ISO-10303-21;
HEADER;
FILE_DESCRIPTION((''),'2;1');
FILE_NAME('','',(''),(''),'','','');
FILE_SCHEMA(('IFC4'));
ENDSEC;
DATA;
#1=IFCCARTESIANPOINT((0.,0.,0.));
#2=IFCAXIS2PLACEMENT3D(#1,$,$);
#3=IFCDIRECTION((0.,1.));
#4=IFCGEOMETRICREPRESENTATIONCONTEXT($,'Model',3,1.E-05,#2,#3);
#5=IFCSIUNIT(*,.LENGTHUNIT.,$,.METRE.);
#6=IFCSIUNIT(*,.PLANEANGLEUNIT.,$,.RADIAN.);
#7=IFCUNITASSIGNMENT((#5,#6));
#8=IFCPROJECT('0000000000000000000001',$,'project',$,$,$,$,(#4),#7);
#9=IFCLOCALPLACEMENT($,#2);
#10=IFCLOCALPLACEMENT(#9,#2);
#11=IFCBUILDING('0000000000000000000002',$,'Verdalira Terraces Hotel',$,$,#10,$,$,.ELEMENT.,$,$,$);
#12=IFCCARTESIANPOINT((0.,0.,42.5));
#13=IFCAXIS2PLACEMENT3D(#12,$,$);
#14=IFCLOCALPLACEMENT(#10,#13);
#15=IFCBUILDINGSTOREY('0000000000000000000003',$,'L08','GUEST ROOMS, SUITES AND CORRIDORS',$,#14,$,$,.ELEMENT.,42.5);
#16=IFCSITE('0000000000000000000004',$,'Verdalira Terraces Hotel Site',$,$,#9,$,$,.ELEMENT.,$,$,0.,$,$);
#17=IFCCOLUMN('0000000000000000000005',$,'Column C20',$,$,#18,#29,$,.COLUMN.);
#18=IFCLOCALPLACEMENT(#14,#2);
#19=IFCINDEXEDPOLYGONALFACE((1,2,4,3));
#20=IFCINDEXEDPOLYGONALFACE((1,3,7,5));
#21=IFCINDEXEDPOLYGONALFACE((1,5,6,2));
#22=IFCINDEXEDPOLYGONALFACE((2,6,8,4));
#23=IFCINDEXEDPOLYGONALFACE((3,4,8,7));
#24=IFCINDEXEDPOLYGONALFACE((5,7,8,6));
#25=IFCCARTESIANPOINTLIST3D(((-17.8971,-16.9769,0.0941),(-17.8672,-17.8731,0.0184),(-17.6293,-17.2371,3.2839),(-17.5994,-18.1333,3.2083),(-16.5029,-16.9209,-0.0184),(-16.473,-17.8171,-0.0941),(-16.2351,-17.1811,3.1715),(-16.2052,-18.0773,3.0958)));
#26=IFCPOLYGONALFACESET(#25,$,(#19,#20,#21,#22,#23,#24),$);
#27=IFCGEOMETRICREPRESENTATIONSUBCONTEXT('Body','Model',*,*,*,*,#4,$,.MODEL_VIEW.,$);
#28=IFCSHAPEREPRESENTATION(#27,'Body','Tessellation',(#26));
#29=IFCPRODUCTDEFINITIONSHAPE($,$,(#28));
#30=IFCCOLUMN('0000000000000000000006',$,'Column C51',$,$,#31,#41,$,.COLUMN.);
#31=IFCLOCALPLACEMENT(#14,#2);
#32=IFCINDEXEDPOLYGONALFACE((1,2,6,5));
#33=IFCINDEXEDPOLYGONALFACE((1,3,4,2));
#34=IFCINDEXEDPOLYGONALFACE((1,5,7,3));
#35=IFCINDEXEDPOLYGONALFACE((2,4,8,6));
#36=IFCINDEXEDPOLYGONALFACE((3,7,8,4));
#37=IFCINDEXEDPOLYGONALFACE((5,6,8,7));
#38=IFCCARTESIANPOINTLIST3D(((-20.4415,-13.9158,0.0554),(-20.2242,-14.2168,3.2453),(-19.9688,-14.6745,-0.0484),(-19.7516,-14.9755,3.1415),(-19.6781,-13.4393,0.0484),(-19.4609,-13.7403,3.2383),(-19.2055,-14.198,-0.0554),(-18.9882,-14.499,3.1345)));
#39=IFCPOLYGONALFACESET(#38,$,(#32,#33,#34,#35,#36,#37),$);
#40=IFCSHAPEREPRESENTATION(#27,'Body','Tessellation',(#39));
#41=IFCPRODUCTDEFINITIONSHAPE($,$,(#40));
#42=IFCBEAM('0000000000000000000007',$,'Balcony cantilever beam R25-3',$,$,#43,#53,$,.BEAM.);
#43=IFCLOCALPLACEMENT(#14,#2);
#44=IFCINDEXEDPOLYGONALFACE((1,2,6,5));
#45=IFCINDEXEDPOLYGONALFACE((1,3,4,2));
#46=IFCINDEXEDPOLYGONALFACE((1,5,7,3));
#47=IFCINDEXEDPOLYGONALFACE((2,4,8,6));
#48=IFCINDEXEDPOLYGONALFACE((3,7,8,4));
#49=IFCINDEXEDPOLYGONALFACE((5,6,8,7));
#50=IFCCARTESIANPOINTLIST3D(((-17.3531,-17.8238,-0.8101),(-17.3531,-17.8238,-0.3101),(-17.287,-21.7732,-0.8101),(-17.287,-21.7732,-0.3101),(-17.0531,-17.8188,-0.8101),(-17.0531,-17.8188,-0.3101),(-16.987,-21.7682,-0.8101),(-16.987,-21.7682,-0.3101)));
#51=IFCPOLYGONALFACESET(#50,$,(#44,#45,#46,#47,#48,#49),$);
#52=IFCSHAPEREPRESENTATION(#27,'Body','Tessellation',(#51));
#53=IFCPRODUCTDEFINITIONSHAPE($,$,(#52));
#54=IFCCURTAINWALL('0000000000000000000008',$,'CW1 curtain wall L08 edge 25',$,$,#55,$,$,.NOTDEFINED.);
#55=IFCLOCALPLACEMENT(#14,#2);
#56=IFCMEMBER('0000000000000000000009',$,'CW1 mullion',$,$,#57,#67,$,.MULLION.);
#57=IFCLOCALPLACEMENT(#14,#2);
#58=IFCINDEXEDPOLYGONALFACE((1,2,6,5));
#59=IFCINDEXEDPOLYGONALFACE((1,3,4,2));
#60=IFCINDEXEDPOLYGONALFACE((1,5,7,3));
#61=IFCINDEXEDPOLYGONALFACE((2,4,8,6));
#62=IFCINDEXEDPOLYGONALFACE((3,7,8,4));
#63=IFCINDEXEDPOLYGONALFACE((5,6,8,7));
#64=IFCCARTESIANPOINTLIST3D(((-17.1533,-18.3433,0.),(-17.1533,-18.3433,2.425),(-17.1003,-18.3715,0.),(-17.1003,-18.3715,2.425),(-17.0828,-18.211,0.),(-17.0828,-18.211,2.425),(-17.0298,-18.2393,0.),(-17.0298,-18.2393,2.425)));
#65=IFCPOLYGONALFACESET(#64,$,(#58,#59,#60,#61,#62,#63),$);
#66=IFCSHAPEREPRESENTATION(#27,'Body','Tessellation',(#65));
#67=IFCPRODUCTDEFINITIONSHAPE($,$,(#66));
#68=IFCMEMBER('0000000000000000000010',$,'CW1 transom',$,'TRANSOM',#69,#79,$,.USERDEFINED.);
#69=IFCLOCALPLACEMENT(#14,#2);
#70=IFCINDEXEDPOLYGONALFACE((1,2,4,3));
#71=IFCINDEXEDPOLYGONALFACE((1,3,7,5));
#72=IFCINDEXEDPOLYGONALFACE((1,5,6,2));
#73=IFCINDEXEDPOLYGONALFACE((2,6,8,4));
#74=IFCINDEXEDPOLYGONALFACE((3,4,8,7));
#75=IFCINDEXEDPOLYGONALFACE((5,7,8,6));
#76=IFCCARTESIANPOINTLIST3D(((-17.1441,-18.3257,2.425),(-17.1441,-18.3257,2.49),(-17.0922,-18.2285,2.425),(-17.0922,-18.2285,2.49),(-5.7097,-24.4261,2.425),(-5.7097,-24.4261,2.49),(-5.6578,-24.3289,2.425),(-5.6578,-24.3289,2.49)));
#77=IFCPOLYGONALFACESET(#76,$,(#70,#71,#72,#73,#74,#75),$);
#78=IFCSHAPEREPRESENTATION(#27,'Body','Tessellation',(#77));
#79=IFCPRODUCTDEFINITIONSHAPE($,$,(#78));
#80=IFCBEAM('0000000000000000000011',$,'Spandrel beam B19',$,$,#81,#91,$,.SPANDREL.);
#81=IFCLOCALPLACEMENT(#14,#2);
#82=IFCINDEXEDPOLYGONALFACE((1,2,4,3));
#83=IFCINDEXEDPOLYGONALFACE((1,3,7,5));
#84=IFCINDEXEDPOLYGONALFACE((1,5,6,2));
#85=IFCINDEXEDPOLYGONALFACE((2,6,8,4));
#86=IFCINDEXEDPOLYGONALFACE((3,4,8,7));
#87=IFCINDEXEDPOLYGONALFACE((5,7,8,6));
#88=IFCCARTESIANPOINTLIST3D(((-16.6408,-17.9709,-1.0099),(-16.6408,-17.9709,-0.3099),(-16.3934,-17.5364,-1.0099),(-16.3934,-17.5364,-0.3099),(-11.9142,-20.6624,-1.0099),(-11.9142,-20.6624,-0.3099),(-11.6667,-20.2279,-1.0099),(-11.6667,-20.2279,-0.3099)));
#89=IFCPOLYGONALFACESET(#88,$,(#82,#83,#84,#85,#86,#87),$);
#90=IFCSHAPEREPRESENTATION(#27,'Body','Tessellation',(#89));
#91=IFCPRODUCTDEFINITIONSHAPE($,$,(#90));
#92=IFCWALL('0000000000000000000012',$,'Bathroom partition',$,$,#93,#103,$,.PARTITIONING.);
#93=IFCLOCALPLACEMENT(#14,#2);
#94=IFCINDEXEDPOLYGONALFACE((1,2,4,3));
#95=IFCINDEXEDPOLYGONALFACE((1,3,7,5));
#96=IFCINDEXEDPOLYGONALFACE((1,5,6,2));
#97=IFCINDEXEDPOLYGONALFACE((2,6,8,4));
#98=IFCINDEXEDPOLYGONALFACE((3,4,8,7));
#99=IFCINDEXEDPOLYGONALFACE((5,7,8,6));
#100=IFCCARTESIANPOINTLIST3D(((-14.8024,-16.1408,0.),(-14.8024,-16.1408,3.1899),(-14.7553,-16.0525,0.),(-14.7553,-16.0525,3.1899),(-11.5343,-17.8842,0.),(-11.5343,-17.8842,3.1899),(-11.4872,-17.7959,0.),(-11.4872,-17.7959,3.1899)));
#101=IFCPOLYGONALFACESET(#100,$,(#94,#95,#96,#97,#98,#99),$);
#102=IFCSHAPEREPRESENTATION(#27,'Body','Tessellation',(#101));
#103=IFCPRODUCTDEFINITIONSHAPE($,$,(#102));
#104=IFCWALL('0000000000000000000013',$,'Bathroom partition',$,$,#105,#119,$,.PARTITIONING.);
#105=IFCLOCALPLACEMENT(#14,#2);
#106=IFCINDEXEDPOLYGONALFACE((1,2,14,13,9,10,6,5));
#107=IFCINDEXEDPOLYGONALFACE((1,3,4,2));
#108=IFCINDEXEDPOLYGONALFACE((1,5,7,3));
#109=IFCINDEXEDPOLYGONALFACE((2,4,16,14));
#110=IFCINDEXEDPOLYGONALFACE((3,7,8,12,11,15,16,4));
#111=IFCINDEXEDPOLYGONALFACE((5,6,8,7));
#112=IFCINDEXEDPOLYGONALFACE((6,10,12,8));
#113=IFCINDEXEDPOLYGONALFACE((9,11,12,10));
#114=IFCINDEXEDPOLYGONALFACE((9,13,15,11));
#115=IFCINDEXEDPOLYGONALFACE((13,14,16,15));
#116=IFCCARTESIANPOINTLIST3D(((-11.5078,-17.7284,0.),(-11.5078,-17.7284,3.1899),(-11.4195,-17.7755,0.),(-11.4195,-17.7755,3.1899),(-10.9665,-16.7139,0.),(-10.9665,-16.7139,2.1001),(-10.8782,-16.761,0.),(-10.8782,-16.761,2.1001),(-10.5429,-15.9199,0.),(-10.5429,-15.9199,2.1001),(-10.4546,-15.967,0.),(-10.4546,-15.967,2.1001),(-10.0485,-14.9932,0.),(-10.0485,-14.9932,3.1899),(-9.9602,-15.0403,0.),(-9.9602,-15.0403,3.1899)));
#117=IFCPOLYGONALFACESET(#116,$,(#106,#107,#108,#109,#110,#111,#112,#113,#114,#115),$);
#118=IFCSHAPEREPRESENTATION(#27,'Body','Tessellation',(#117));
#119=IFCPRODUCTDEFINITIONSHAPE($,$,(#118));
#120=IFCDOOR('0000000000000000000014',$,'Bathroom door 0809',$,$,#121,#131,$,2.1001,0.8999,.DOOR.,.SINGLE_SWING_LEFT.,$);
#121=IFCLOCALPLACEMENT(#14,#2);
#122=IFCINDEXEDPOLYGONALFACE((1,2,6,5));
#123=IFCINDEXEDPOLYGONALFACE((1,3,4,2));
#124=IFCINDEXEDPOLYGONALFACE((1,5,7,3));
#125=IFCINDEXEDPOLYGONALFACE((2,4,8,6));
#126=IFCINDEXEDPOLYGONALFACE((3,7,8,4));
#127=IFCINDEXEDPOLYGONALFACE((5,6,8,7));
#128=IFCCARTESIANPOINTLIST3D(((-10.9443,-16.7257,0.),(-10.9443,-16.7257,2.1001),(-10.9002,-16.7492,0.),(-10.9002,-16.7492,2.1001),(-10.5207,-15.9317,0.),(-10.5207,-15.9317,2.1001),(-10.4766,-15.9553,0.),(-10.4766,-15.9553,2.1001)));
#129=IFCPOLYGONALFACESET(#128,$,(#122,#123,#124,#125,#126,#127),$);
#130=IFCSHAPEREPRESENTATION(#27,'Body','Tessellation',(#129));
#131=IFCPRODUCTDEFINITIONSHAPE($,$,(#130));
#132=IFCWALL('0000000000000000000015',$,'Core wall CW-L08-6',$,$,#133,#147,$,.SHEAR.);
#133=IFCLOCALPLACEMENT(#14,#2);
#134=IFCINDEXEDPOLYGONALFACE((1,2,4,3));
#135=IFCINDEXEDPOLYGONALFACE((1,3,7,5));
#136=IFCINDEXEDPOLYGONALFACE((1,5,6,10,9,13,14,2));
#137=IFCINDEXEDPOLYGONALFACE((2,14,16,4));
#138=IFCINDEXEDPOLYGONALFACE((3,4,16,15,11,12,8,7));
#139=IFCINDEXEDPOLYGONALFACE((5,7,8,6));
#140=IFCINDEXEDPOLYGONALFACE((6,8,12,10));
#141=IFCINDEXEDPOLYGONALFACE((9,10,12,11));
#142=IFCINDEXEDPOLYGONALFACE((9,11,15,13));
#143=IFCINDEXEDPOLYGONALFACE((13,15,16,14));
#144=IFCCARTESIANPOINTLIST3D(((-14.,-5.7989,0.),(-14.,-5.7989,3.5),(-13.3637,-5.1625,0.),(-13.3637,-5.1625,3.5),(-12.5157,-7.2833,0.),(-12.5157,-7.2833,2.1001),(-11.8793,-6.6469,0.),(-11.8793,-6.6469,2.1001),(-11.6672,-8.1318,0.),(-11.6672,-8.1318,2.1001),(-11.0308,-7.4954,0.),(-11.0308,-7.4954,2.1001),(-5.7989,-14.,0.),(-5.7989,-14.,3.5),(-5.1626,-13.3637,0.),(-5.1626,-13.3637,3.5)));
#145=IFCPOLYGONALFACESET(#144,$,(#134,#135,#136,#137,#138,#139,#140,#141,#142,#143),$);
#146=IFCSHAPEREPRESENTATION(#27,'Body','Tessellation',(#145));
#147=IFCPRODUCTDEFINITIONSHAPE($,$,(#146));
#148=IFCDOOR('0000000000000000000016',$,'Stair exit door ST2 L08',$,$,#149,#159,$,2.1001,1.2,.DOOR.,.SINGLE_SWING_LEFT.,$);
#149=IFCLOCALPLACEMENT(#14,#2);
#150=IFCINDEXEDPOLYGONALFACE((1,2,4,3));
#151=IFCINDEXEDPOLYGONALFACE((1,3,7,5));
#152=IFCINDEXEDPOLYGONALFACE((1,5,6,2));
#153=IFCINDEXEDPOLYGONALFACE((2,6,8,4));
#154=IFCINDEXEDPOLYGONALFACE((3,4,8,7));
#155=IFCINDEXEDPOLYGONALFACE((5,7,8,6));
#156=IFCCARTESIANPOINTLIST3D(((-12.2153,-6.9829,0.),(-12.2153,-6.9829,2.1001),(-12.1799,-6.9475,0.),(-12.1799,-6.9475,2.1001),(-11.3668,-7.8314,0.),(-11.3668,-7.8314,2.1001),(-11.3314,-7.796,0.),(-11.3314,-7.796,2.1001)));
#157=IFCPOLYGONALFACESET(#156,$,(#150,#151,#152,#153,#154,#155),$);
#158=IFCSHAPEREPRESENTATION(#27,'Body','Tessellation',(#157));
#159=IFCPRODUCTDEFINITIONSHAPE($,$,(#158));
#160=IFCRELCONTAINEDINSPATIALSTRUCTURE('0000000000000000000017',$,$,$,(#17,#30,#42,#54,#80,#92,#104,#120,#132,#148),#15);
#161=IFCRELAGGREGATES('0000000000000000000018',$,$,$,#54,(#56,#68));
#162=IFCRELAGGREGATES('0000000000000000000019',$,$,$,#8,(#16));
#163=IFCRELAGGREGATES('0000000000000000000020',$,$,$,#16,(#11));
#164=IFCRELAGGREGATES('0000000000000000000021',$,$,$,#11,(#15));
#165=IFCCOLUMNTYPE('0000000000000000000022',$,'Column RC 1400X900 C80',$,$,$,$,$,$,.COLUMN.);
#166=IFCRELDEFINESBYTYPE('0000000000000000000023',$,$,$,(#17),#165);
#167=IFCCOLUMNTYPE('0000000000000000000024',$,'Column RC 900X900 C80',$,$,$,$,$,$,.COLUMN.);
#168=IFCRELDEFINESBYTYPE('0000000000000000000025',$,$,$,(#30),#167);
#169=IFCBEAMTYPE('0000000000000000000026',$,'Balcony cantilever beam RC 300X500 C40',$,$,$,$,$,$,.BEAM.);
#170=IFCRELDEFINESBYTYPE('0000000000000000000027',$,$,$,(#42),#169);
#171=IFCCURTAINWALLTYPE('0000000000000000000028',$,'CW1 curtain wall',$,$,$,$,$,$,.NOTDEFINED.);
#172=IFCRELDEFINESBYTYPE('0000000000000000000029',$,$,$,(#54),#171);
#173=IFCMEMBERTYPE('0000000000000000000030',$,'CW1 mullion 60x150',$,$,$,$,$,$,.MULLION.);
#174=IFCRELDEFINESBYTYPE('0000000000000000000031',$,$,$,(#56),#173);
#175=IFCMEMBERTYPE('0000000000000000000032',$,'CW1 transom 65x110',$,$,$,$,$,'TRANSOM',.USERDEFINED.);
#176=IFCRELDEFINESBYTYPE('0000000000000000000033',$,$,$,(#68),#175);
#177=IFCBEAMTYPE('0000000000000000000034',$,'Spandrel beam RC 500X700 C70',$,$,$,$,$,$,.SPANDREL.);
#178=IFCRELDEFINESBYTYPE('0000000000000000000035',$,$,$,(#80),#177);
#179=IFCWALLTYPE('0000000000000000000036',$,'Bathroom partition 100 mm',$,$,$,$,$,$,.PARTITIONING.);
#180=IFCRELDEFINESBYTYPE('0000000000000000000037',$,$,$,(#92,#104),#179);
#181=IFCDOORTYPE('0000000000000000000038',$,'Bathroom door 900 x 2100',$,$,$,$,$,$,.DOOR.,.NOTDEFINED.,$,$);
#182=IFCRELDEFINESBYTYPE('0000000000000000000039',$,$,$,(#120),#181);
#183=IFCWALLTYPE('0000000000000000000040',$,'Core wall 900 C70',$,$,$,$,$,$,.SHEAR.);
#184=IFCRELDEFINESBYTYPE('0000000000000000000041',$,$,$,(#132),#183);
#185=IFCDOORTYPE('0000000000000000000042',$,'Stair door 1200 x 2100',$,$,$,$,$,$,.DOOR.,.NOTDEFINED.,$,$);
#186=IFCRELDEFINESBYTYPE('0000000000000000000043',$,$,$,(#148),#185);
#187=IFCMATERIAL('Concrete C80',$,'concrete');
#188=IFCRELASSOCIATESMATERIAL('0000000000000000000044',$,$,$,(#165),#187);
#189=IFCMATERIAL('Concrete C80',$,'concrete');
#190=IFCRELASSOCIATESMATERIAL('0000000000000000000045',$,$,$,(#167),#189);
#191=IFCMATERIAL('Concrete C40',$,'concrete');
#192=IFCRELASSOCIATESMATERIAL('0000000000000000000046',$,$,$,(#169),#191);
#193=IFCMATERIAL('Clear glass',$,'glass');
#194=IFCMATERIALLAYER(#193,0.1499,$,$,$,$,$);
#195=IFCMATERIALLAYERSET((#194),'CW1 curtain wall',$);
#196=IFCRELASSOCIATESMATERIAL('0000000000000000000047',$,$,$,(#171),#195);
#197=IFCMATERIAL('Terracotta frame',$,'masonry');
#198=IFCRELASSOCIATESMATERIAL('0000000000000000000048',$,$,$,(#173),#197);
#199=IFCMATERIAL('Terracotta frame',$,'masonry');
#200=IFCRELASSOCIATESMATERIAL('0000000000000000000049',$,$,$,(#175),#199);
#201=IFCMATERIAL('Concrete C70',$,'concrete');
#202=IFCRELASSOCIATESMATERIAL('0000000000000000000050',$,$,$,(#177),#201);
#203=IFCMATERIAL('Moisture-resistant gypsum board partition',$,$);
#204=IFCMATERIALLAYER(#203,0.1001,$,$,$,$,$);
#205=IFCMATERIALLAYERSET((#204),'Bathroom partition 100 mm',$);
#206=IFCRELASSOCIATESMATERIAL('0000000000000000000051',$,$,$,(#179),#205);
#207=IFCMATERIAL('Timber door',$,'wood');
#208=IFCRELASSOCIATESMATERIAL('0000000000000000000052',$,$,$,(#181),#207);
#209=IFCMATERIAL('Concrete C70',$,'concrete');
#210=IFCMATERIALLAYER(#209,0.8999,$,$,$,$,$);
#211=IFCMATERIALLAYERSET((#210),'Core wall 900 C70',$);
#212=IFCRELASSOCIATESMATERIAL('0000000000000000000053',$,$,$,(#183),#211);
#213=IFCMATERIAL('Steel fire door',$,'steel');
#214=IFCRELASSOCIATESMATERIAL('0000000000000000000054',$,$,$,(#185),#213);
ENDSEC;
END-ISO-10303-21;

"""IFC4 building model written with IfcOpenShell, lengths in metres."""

from ifc_helpers import new_model, si_unit, direction, frame, frame_2d, origin, origin_2d, place, context, subcontext, project, spatial, rectangle, extrude, material, layer, layer_set, material_profile, profile_set, type_object, element, fill, aggregate, save


model = new_model("IFC4")

# Units and contexts
model_context = context("Model", 3, precision=1e-05, world=origin(), true_north=direction((0.0, 1.0)))
body_context = subcontext(model_context, "Body", "Model", "MODEL_VIEW")
ifc_project = project(units=[si_unit("LENGTHUNIT", "METRE"), si_unit("PLANEANGLEUNIT", "RADIAN")], contexts=[model_context])

# Site, building, storey
site_placement = place(None, origin())
site = spatial("IfcSite", under=ifc_project, at=site_placement, Name="Verdalira Terraces Hotel Site", CompositionType="ELEMENT", RefElevation=0.0)
building_placement = place(site_placement, origin())
building = spatial("IfcBuilding", under=site, at=building_placement, Name="Verdalira Terraces Hotel", CompositionType="ELEMENT")
storey_placement = place(building_placement, frame((0.0, 0.0, 42.5)))
storey = spatial("IfcBuildingStorey", under=building, at=storey_placement, Name="L08", Description="GUEST ROOMS, SUITES AND CORRIDORS", CompositionType="ELEMENT", Elevation=42.5)

# Columns
ifc_material_1 = material(Name="Concrete C80", Category="concrete")
ifc_material_profile_1 = material_profile(ifc_material_1, rectangle(XDim=1.3999, YDim=0.8999, at=origin_2d()), Name="RC 1400X900")
ifc_profile_set_1 = profile_set([ifc_material_profile_1], Name="Concrete C80")
column_type_1 = type_object("IfcColumnType", Name="Column RC 1400X900 C80", PredefinedType="COLUMN", material=ifc_profile_set_1)
column_1_placement = place(storey_placement, frame((-17.1851, -17.397, 0.0), z_axis=(0.083389, -0.081032, 0.993217), x_axis=(-0.995963, -0.039994, 0.080356)))
element("IfcColumn", 1, at=column_1_placement, inside=storey, type_object=column_type_1, Name="Column C20", PredefinedType="COLUMN", context=body_context, shape_type="SweptSolid", body=[
    extrude(rectangle(XDim=1.3999, YDim=0.8999, at=origin_2d()), origin(), (0.0, 0.0, 1.0), 3.2117),
])
ifc_material_2 = material(Name="Concrete C80", Category="concrete")
ifc_material_profile_2 = material_profile(ifc_material_2, rectangle(XDim=0.8999, YDim=0.8999, at=origin_2d()), Name="RC 900X900")
ifc_profile_set_2 = profile_set([ifc_material_profile_2], Name="Concrete C80")
column_type_2 = type_object("IfcColumnType", Name="Column RC 900X900 C80", PredefinedType="COLUMN", material=ifc_profile_set_2)
column_2_placement = place(storey_placement, frame((-19.8235, -14.0569, 0.0), z_axis=(0.067659, -0.093734, 0.993296), x_axis=(-0.848266, -0.529513, 0.007812)))
element("IfcColumn", 2, at=column_2_placement, inside=storey, type_object=column_type_2, Name="Column C51", PredefinedType="COLUMN", context=body_context, shape_type="SweptSolid", body=[
    extrude(rectangle(XDim=0.8999, YDim=0.8999, at=origin_2d()), origin(), (0.0, 0.0, 1.0), 3.2114),
])

# Beam
ifc_material_3 = material(Name="Concrete C40", Category="concrete")
ifc_material_profile_3 = material_profile(ifc_material_3, rectangle(XDim=0.3, YDim=0.5, at=origin_2d()), Name="RC 300X500")
ifc_profile_set_3 = profile_set([ifc_material_profile_3], Name="Concrete C40")
beam_type_1 = type_object("IfcBeamType", Name="Balcony cantilever beam RC 300X500 C40", PredefinedType="BEAM", material=ifc_profile_set_3)
beam_1_placement = place(storey_placement, frame((-17.2031, -17.8213, -0.5601), z_axis=(0.01675, -0.99986, 0.0), x_axis=(0.99986, 0.01675, 0.0)))
element("IfcBeam", 3, at=beam_1_placement, inside=storey, type_object=beam_type_1, Name="Balcony cantilever beam R25-3", PredefinedType="BEAM", context=body_context, shape_type="SweptSolid", body=[
    extrude(rectangle(XDim=0.3, YDim=0.5, at=origin_2d()), origin(), (0.0, 0.0, 1.0), 3.95),
])

# Curtain wall, members
ifc_material_4 = material(Name="Clear glass", Category="glass")
ifc_layer_1 = layer(ifc_material_4, 0.1499)
ifc_layer_set_1 = layer_set([ifc_layer_1], Name="CW1 curtain wall")
curtain_wall_type = type_object("IfcCurtainWallType", Name="CW1 curtain wall", PredefinedType="NOTDEFINED", material=ifc_layer_set_1)
curtain_wall_placement = place(storey_placement, origin())
curtain_wall = element("IfcCurtainWall", 4, at=curtain_wall_placement, inside=storey, type_object=curtain_wall_type, Name="CW1 curtain wall L08 edge 25", PredefinedType="NOTDEFINED")
ifc_material_5 = material(Name="Terracotta frame", Category="masonry")
ifc_material_profile_4 = material_profile(ifc_material_5, rectangle(XDim=0.0601, YDim=0.1499, at=origin_2d()), Name="MU 60x150")
ifc_profile_set_4 = profile_set([ifc_material_profile_4], Name="Terracotta frame")
member_type_1 = type_object("IfcMemberType", Name="CW1 mullion 60x150", PredefinedType="MULLION", material=ifc_profile_set_4)
member_1_placement = place(storey_placement, frame((-17.0916, -18.2913, 0.0), z_axis=(0.0, 0.0, 1.0), x_axis=(0.882291, -0.470704, 0.0)))
member_1 = element("IfcMember", 5, at=member_1_placement, type_object=member_type_1, Name="CW1 mullion", PredefinedType="MULLION", context=body_context, shape_type="SweptSolid", body=[
    extrude(rectangle(XDim=0.0601, YDim=0.1499, at=origin_2d()), origin(), (0.0, 0.0, 1.0), 2.425),
])
ifc_material_6 = material(Name="Terracotta frame", Category="masonry")
ifc_material_profile_5 = material_profile(ifc_material_6, rectangle(XDim=0.1101, YDim=0.0649, at=origin_2d()), Name="TR 65x110")
ifc_profile_set_5 = profile_set([ifc_material_profile_5], Name="Terracotta frame")
member_type_2 = type_object("IfcMemberType", Name="CW1 transom 65x110", ElementType="TRANSOM", PredefinedType="USERDEFINED", material=ifc_profile_set_5)
member_2_placement = place(storey_placement, frame((-17.1182, -18.2771, 2.4575), z_axis=(0.882288, -0.47071, 0.0), x_axis=(0.47071, 0.882288, 0.0)))
member_2 = element("IfcMember", 6, at=member_2_placement, type_object=member_type_2, Name="CW1 transom", ObjectType="TRANSOM", PredefinedType="USERDEFINED", context=body_context, shape_type="SweptSolid", body=[
    extrude(rectangle(XDim=0.1101, YDim=0.0649, at=origin_2d()), origin(), (0.0, 0.0, 1.0), 12.96),
])
aggregate(curtain_wall, [member_1, member_2])

# Beam
ifc_material_7 = material(Name="Concrete C70", Category="concrete")
ifc_material_profile_6 = material_profile(ifc_material_7, rectangle(XDim=0.5, YDim=0.7, at=origin_2d()), Name="RC 500X700")
ifc_profile_set_6 = profile_set([ifc_material_profile_6], Name="Concrete C70")
beam_type_2 = type_object("IfcBeamType", Name="Spandrel beam RC 500X700 C70", PredefinedType="SPANDREL", material=ifc_profile_set_6)
beam_2_placement = place(storey_placement, frame((-16.5171, -17.7537, -0.6599), z_axis=(0.868993, -0.494824, 0.0), x_axis=(0.494824, 0.868993, 0.0)))
element("IfcBeam", 7, at=beam_2_placement, inside=storey, type_object=beam_type_2, Name="Spandrel beam B19", PredefinedType="SPANDREL", context=body_context, shape_type="SweptSolid", body=[
    extrude(rectangle(XDim=0.5, YDim=0.7, at=origin_2d()), origin(), (0.0, 0.0, 1.0), 5.4392),
])

# Wall
ifc_material_8 = material(Name="Moisture-resistant gypsum board partition")
ifc_layer_2 = layer(ifc_material_8, 0.1001)
ifc_layer_set_2 = layer_set([ifc_layer_2], Name="Bathroom partition 100 mm")
wall_type_1 = type_object("IfcWallType", Name="Bathroom partition 100 mm", PredefinedType="PARTITIONING", material=ifc_layer_set_2)
wall_1_placement = place(storey_placement, frame((-11.5107, -17.8401, 0.0), z_axis=(0.0, 0.0, 1.0), x_axis=(-0.882304, 0.470681, 0.0)))
element("IfcWall", 8, at=wall_1_placement, inside=storey, type_object=wall_type_1, Name="Bathroom partition", PredefinedType="PARTITIONING", context=body_context, shape_type="SweptSolid", body=[
    extrude(rectangle(XDim=3.7041, YDim=0.1001, at=frame_2d((1.8521, 0.0))), origin(), (0.0, 0.0, 1.0), 3.1899),
])

# Walls, openings, doors
wall_2_placement = place(storey_placement, frame((-11.4636, -17.752, 0.0), z_axis=(0.0, 0.0, 1.0), x_axis=(0.470715, 0.882285, 0.0)))
wall_2 = element("IfcWall", 9, at=wall_2_placement, inside=storey, type_object=wall_type_1, Name="Bathroom partition", PredefinedType="PARTITIONING", context=body_context, shape_type="SweptSolid", body=[
    extrude(rectangle(XDim=3.1001, YDim=0.1001, at=frame_2d((1.55, 0.0))), origin(), (0.0, 0.0, 1.0), 3.1899),
])
opening_1_placement = place(wall_2_placement, frame((1.1499, 0.0, 0.0)))
opening_1 = element("IfcOpeningElement", 10, at=opening_1_placement, cuts=wall_2, PredefinedType="OPENING", context=body_context, shape_type="SweptSolid", body=[
    extrude(rectangle(XDim=0.8999, YDim=2.1001, at=frame_2d((0.45, 1.05))), frame((0.0, 0.0601, 0.0), z_axis=(0.0, -1.0, 0.0), x_axis=(1.0, 0.0, 0.0)), (0.0, 0.0, 1.0), 0.1201),
])
ifc_material_9 = material(Name="Timber door", Category="wood")
door_type_1 = type_object("IfcDoorType", Name="Bathroom door 900 x 2100", OperationType="NOTDEFINED", PredefinedType="DOOR", material=ifc_material_9)
door_1_placement = place(opening_1_placement, origin())
door_1 = element("IfcDoor", 11, at=door_1_placement, inside=storey, type_object=door_type_1, Name="Bathroom door 0809", OperationType="SINGLE_SWING_LEFT", OverallHeight=2.1001, OverallWidth=0.8999, PredefinedType="DOOR", context=body_context, shape_type="SweptSolid", body=[
    extrude(rectangle(XDim=0.8999, YDim=2.1001, at=frame_2d((0.45, 1.05))), frame((0.0, 0.0249, 0.0), z_axis=(0.0, -1.0, 0.0), x_axis=(1.0, 0.0, 0.0)), (0.0, 0.0, 1.0), 0.05),
])
fill(opening_1, door_1)
ifc_material_10 = material(Name="Concrete C70", Category="concrete")
ifc_layer_3 = layer(ifc_material_10, 0.8999)
ifc_layer_set_3 = layer_set([ifc_layer_3], Name="Core wall 900 C70")
wall_type_2 = type_object("IfcWallType", Name="Core wall 900 C70", PredefinedType="SHEAR", material=ifc_layer_set_3)
wall_3_placement = place(storey_placement, frame((-13.6819, -5.4807, 0.0), z_axis=(0.0, 0.0, 1.0), x_axis=(0.707107, -0.707107, 0.0)))
wall_3 = element("IfcWall", 12, at=wall_3_placement, inside=storey, type_object=wall_type_2, Name="Core wall CW-L08-6", PredefinedType="SHEAR", context=body_context, shape_type="SweptSolid", body=[
    extrude(rectangle(XDim=11.5981, YDim=0.8999, at=frame_2d((5.7991, 0.0))), origin(), (0.0, 0.0, 1.0), 3.5),
])
opening_2_placement = place(wall_3_placement, frame((2.0991, 0.0, 0.0)))
opening_2 = element("IfcOpeningElement", 13, at=opening_2_placement, cuts=wall_3, PredefinedType="OPENING", context=body_context, shape_type="SweptSolid", body=[
    extrude(rectangle(XDim=1.2, YDim=2.1001, at=frame_2d((0.6001, 1.05))), frame((0.0, 0.46, 0.0), z_axis=(0.0, -1.0, 0.0), x_axis=(1.0, 0.0, 0.0)), (0.0, 0.0, 1.0), 0.9199),
])
ifc_material_11 = material(Name="Steel fire door", Category="steel")
door_type_2 = type_object("IfcDoorType", Name="Stair door 1200 x 2100", OperationType="NOTDEFINED", PredefinedType="DOOR", material=ifc_material_11)
door_2_placement = place(opening_2_placement, origin())
door_2 = element("IfcDoor", 14, at=door_2_placement, inside=storey, type_object=door_type_2, Name="Stair exit door ST2 L08", OperationType="SINGLE_SWING_LEFT", OverallHeight=2.1001, OverallWidth=1.2, PredefinedType="DOOR", context=body_context, shape_type="SweptSolid", body=[
    extrude(rectangle(XDim=1.2, YDim=2.1001, at=frame_2d((0.6001, 1.05))), frame((0.0, 0.0249, 0.0), z_axis=(0.0, -1.0, 0.0), x_axis=(1.0, 0.0, 0.0)), (0.0, 0.0, 1.0), 0.05),
])
fill(opening_2, door_2)

save(model, "model.ifc")
